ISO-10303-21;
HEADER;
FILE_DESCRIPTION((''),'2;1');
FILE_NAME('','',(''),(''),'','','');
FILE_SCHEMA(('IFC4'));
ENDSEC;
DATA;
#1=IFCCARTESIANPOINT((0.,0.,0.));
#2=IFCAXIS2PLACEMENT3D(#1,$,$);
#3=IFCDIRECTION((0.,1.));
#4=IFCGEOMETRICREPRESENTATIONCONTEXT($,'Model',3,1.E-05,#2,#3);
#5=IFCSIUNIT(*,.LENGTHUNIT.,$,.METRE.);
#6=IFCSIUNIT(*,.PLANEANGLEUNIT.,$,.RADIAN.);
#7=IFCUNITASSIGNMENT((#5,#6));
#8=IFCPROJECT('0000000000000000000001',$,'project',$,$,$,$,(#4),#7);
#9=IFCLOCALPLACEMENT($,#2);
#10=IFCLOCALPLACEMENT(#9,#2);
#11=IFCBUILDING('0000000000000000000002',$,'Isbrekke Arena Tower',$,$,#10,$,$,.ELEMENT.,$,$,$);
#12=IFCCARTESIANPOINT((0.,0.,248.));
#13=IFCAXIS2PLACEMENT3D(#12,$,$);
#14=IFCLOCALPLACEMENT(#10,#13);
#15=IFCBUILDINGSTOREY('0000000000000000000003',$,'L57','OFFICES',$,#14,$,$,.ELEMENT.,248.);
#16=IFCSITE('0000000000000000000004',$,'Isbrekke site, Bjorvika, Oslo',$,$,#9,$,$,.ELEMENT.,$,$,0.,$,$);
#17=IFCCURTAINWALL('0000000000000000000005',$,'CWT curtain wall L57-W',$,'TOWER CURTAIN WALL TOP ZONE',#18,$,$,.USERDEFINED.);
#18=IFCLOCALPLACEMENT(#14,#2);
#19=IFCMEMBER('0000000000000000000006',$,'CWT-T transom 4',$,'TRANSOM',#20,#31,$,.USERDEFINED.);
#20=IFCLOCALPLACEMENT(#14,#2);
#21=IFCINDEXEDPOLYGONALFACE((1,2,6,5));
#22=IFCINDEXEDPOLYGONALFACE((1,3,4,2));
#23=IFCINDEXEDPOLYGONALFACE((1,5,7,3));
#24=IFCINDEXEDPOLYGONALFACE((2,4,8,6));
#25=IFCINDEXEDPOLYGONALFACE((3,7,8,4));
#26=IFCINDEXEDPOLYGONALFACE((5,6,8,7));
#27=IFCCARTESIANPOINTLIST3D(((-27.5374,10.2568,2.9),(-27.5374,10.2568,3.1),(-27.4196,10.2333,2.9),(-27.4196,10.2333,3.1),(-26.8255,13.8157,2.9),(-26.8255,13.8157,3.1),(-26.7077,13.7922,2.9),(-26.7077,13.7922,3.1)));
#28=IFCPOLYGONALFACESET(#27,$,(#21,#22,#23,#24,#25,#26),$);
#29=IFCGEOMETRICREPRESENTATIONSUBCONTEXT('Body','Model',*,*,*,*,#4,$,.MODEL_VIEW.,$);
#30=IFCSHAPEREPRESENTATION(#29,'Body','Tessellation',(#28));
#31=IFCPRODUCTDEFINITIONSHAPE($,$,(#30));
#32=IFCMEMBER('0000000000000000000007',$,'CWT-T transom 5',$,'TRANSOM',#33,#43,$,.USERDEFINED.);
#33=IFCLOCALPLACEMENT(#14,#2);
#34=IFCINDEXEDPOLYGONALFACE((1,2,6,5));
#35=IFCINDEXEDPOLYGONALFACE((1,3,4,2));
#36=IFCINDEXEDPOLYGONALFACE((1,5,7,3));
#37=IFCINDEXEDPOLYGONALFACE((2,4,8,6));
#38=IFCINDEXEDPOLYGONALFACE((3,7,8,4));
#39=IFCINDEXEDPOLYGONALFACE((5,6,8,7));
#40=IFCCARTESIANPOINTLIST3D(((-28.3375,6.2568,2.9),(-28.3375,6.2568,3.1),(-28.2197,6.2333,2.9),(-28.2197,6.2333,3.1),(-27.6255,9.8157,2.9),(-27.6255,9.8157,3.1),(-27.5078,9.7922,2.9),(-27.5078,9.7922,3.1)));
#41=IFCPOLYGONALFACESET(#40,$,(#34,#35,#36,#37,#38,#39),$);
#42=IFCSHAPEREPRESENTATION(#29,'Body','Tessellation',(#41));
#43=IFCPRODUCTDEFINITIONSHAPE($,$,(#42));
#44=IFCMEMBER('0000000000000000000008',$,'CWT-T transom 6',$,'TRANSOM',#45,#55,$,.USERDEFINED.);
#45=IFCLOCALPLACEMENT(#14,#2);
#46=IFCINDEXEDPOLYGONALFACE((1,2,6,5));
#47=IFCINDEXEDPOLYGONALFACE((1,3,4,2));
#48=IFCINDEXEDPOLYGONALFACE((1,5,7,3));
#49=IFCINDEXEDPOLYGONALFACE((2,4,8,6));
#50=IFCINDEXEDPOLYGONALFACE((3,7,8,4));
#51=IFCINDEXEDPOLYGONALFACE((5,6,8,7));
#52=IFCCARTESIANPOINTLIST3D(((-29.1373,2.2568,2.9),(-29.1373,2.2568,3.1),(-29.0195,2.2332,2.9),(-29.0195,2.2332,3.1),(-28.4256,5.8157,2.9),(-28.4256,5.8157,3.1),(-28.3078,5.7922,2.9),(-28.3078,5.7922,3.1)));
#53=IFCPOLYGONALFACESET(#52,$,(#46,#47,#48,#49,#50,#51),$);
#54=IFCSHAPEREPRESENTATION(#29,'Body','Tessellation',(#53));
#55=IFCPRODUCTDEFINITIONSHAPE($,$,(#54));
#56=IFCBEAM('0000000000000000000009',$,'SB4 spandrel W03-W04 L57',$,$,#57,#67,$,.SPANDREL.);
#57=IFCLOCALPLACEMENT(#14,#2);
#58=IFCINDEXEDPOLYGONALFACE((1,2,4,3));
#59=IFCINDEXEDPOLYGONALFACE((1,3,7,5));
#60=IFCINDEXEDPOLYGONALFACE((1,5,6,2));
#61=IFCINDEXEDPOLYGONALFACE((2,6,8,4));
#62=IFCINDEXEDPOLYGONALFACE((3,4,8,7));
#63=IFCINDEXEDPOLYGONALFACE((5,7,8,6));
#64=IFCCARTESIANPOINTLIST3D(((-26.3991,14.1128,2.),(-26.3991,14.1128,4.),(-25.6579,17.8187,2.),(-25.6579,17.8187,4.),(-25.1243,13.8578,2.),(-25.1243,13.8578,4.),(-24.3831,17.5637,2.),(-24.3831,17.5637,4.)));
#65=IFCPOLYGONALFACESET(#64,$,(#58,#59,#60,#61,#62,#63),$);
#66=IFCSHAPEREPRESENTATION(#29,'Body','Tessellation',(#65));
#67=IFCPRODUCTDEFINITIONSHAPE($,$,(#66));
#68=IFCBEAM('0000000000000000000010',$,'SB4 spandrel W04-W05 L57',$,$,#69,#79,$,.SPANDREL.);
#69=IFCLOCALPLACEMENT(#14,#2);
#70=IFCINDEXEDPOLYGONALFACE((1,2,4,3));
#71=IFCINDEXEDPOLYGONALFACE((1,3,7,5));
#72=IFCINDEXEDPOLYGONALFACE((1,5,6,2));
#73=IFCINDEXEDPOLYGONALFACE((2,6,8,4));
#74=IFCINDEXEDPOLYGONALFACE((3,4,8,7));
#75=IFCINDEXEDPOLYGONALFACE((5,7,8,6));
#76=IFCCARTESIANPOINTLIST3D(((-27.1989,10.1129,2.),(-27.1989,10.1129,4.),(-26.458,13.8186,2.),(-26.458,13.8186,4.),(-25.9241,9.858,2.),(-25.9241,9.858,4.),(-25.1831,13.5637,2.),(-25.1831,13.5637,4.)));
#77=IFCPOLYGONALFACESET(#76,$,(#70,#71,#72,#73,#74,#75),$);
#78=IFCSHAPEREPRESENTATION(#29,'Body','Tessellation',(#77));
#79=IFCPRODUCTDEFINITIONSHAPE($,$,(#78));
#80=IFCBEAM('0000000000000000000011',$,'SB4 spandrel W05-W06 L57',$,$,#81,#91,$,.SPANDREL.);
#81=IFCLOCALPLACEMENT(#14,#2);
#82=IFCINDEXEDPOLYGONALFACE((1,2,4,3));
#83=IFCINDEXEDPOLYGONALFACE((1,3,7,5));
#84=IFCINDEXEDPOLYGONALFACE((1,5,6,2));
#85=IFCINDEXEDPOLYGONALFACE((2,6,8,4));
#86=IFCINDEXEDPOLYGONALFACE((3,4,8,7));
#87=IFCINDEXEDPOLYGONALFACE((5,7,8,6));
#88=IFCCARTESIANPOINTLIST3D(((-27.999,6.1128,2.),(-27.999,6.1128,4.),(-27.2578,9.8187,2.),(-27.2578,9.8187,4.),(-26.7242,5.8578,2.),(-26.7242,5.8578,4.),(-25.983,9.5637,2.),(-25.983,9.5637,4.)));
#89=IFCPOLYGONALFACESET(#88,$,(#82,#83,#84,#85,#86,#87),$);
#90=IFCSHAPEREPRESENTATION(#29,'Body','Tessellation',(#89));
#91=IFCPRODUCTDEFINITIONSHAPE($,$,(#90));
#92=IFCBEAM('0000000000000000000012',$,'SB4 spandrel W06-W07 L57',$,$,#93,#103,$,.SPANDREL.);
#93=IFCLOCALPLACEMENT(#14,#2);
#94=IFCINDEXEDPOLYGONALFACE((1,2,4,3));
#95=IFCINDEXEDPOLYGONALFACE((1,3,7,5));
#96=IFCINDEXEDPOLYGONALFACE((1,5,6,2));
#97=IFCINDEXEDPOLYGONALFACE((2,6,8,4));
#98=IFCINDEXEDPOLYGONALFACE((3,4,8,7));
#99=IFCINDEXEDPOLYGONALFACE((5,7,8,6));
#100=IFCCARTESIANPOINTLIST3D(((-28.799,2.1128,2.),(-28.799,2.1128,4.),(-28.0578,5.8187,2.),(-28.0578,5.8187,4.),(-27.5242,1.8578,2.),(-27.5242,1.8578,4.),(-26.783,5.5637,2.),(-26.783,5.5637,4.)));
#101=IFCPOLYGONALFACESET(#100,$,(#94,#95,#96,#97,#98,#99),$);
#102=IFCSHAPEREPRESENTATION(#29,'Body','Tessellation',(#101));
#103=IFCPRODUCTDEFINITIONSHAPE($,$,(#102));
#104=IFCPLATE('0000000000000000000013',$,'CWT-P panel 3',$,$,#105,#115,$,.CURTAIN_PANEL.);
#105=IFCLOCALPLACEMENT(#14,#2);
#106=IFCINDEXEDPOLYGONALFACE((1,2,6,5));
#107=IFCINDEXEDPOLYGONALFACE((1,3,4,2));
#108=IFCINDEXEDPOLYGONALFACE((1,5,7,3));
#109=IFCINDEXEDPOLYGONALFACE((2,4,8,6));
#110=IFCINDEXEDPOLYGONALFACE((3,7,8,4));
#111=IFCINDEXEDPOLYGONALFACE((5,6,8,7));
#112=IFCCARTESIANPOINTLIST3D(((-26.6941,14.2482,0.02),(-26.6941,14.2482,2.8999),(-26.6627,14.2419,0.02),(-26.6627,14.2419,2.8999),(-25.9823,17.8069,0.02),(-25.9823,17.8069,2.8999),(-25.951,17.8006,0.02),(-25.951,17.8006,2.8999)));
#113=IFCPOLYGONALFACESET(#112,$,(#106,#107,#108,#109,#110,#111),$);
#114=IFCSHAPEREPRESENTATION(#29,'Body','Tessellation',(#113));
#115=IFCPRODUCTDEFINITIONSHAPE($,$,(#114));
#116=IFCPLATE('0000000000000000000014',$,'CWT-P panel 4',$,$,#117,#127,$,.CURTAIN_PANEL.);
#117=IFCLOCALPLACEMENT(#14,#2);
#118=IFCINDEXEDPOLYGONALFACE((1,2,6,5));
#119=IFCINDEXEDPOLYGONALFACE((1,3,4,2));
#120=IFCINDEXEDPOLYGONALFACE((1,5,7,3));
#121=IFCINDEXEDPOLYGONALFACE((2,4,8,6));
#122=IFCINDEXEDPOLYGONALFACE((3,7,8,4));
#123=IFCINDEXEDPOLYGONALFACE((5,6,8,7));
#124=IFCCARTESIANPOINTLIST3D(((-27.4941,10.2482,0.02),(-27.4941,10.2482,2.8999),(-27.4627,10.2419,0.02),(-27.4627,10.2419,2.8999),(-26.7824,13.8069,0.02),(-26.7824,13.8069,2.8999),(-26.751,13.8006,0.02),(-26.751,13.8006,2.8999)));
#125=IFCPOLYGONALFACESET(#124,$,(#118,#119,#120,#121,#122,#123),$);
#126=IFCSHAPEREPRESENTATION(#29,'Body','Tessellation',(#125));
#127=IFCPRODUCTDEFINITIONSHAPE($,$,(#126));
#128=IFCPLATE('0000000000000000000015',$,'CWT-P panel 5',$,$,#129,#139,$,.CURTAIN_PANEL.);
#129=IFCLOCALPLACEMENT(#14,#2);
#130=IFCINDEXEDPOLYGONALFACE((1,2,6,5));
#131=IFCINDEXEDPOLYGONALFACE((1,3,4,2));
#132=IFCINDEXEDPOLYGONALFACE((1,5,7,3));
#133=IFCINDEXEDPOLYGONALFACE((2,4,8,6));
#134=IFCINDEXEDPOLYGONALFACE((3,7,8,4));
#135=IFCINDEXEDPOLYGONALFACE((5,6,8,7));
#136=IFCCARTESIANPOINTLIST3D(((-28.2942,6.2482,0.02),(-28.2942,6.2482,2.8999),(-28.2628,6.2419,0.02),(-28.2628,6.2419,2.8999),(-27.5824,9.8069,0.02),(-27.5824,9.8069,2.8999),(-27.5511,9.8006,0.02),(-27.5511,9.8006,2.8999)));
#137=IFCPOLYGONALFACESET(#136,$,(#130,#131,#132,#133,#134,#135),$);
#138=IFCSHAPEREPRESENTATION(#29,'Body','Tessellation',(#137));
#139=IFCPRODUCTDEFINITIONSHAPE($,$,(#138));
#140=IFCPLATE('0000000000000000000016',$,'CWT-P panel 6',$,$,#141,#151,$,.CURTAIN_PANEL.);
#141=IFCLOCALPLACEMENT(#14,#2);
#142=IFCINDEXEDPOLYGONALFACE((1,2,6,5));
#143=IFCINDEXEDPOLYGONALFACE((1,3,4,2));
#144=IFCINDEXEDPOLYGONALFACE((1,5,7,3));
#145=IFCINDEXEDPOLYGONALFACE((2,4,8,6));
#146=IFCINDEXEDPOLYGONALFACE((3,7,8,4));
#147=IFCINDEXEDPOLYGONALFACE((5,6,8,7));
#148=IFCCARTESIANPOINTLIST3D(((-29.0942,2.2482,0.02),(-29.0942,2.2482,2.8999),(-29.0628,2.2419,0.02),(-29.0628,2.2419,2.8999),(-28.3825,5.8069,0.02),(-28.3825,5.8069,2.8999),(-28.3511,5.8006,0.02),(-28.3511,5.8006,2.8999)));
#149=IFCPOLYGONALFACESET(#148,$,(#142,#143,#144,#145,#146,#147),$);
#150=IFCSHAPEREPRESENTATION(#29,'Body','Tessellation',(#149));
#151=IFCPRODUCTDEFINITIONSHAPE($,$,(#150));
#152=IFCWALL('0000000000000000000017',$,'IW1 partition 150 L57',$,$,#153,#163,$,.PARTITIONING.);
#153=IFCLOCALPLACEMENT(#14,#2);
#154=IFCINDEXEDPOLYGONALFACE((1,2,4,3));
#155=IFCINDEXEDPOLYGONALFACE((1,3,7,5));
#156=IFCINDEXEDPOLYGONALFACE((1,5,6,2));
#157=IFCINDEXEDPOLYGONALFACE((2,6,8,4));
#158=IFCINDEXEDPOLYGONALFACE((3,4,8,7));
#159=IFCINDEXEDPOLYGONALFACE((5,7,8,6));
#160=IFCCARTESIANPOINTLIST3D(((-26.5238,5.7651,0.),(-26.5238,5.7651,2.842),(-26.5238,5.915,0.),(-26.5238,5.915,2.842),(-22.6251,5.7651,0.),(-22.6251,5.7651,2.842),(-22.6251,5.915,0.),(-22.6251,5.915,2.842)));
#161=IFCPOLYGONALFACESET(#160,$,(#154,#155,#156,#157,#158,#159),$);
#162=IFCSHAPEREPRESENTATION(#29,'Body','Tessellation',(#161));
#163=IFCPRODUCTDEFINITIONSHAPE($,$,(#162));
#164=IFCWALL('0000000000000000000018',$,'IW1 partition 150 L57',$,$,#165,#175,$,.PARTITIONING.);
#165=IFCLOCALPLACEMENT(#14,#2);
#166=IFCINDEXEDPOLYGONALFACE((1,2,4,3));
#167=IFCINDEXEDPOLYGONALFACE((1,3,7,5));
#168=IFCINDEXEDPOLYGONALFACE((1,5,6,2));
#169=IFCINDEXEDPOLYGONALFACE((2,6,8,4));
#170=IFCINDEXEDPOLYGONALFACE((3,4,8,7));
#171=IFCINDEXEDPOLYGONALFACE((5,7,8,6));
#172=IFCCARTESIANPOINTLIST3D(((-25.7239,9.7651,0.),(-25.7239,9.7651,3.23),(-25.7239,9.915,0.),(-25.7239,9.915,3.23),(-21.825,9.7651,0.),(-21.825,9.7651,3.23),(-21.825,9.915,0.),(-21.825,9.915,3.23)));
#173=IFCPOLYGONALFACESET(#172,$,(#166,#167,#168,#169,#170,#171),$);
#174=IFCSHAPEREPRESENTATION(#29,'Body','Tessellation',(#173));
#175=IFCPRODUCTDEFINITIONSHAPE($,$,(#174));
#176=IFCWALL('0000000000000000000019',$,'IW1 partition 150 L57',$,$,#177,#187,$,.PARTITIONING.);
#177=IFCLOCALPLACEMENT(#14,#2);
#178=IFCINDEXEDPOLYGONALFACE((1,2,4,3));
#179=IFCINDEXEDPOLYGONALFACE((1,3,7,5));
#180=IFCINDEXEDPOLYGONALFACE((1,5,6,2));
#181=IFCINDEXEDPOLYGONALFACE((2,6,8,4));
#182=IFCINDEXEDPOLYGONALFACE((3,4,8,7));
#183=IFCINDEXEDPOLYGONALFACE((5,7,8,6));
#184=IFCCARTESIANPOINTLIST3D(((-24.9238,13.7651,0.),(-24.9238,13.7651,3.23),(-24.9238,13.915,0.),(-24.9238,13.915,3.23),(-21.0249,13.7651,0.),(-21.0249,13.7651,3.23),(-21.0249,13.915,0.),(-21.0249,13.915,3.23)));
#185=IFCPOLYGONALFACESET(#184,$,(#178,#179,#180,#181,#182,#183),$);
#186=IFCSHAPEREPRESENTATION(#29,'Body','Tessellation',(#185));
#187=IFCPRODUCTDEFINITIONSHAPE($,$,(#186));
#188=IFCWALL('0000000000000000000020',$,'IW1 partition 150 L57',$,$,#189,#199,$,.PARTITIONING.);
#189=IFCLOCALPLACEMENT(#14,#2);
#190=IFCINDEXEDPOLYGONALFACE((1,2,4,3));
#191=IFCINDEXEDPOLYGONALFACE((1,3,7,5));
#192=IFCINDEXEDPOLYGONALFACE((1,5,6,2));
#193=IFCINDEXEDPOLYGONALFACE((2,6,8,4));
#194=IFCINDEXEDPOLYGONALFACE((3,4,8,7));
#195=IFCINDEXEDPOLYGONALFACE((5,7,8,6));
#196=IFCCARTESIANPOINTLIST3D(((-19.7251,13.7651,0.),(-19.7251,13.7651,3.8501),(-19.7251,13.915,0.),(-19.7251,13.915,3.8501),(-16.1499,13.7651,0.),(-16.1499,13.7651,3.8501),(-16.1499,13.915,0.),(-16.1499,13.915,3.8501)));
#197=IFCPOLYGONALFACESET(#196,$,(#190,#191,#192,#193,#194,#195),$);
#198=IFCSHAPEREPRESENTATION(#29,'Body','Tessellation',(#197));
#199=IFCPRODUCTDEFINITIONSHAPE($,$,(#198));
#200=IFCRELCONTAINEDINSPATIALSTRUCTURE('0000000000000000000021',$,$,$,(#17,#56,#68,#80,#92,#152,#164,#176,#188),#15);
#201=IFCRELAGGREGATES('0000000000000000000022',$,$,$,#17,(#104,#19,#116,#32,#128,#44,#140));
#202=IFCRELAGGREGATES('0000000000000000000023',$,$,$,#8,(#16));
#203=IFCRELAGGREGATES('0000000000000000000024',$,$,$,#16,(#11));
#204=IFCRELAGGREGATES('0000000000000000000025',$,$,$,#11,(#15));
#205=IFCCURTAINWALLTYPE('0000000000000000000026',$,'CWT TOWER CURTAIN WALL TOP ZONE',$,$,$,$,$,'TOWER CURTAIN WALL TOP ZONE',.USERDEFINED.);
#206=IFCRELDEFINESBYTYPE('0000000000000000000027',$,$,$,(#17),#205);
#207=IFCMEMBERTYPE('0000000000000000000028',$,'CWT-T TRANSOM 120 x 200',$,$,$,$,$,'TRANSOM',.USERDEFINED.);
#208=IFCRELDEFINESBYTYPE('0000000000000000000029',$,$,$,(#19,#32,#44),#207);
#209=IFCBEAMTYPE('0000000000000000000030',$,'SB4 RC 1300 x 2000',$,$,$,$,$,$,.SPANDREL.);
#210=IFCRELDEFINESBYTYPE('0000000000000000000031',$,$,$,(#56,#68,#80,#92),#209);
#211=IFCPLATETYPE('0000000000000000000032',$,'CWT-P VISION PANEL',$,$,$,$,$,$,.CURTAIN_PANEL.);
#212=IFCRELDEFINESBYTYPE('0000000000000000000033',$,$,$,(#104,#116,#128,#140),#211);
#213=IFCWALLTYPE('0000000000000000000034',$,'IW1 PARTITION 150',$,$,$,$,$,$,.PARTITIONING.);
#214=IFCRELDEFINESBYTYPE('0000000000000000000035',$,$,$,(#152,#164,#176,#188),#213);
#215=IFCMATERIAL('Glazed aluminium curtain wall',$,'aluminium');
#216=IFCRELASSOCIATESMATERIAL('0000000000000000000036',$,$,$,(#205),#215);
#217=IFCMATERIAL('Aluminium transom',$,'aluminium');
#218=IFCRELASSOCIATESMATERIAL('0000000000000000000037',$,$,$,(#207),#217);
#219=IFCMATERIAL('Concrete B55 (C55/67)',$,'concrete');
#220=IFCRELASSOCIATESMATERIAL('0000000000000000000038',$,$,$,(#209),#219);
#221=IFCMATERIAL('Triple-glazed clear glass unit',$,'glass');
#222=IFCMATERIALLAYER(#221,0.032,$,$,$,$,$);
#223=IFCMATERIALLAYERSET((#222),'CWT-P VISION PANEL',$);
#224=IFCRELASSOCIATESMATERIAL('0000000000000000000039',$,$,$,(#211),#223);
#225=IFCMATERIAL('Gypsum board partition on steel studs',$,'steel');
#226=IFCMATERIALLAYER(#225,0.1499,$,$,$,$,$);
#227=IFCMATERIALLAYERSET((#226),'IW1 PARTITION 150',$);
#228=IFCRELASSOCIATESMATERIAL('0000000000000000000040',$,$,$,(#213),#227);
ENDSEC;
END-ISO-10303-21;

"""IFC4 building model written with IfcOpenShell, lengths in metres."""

from ifc_helpers import new_model, si_unit, direction, frame, frame_2d, origin, origin_2d, place, context, subcontext, project, spatial, rectangle, extrude, material, layer, layer_set, material_profile, profile_set, type_object, element, aggregate, save


model = new_model("IFC4")

# Units and contexts
model_context = context("Model", 3, precision=1e-05, world=origin(), true_north=direction((0.0, 1.0)))
body_context = subcontext(model_context, "Body", "Model", "MODEL_VIEW")
ifc_project = project(units=[si_unit("LENGTHUNIT", "METRE"), si_unit("PLANEANGLEUNIT", "RADIAN")], contexts=[model_context])

# Site, building, storey
site_placement = place(None, origin())
site = spatial("IfcSite", under=ifc_project, at=site_placement, Name="Isbrekke site, Bjorvika, Oslo", CompositionType="ELEMENT", RefElevation=0.0)
building_placement = place(site_placement, origin())
building = spatial("IfcBuilding", under=site, at=building_placement, Name="Isbrekke Arena Tower", CompositionType="ELEMENT")
storey_placement = place(building_placement, frame((0.0, 0.0, 248.0)))
storey = spatial("IfcBuildingStorey", under=building, at=storey_placement, Name="L57", Description="OFFICES", CompositionType="ELEMENT", Elevation=248.0)

# Curtain wall, members
ifc_material_1 = material(Name="Glazed aluminium curtain wall", Category="aluminium")
curtain_wall_type = type_object("IfcCurtainWallType", Name="CWT TOWER CURTAIN WALL TOP ZONE", ElementType="TOWER CURTAIN WALL TOP ZONE", PredefinedType="USERDEFINED", material=ifc_material_1)
curtain_wall_placement = place(storey_placement, origin())
curtain_wall = element("IfcCurtainWall", 1, at=curtain_wall_placement, inside=storey, type_object=curtain_wall_type, Name="CWT curtain wall L57-W", ObjectType="TOWER CURTAIN WALL TOP ZONE", PredefinedType="USERDEFINED")
ifc_material_2 = material(Name="Aluminium transom", Category="aluminium")
ifc_material_profile_1 = material_profile(ifc_material_2, rectangle(XDim=0.1201, YDim=0.2, at=origin_2d()), Name="TRANSOM 120X200")
ifc_profile_set_1 = profile_set([ifc_material_profile_1], Name="Aluminium transom")
member_type_1 = type_object("IfcMemberType", Name="CWT-T TRANSOM 120 x 200", ElementType="TRANSOM", PredefinedType="USERDEFINED", material=ifc_profile_set_1)
member_1_placement = place(storey_placement, frame((-26.7666, 13.804, 3.0), z_axis=(-0.196155, -0.980573, 0.0), x_axis=(0.980573, -0.196155, 0.0)))
member_1 = element("IfcMember", 2, at=member_1_placement, type_object=member_type_1, Name="CWT-T transom 4", ObjectType="TRANSOM", PredefinedType="USERDEFINED", context=body_context, shape_type="SweptSolid", body=[
    extrude(rectangle(XDim=0.1201, YDim=0.2, at=origin_2d()), origin(), (0.0, 0.0, 1.0), 3.6294),
])
member_2_placement = place(storey_placement, frame((-27.5667, 9.804, 3.0), z_axis=(-0.196155, -0.980573, 0.0), x_axis=(0.980573, -0.196155, 0.0)))
member_2 = element("IfcMember", 3, at=member_2_placement, type_object=member_type_1, Name="CWT-T transom 5", ObjectType="TRANSOM", PredefinedType="USERDEFINED", context=body_context, shape_type="SweptSolid", body=[
    extrude(rectangle(XDim=0.1201, YDim=0.2, at=origin_2d()), origin(), (0.0, 0.0, 1.0), 3.6294),
])
member_3_placement = place(storey_placement, frame((-28.3667, 5.804, 3.0), z_axis=(-0.19609, -0.980586, 0.0), x_axis=(0.980586, -0.19609, 0.0)))
member_3 = element("IfcMember", 4, at=member_3_placement, type_object=member_type_1, Name="CWT-T transom 6", ObjectType="TRANSOM", PredefinedType="USERDEFINED", context=body_context, shape_type="SweptSolid", body=[
    extrude(rectangle(XDim=0.1201, YDim=0.2, at=origin_2d()), origin(), (0.0, 0.0, 1.0), 3.6294),
])

# Beams
ifc_material_3 = material(Name="Concrete B55 (C55/67)", Category="concrete")
ifc_material_profile_2 = material_profile(ifc_material_3, rectangle(XDim=1.3, YDim=2.0, at=origin_2d()), Name="RC 1300x2000")
ifc_profile_set_2 = profile_set([ifc_material_profile_2], Name="Concrete B55 (C55/67)")
beam_type_1 = type_object("IfcBeamType", Name="SB4 RC 1300 x 2000", PredefinedType="SPANDREL", material=ifc_profile_set_2)
beam_1_placement = place(storey_placement, frame((-25.0205, 17.6912, 3.0), z_axis=(-0.196129, -0.980578, 0.0), x_axis=(0.980578, -0.196129, 0.0)))
element("IfcBeam", 5, at=beam_1_placement, inside=storey, type_object=beam_type_1, Name="SB4 spandrel W03-W04 L57", PredefinedType="SPANDREL", context=body_context, shape_type="SweptSolid", body=[
    extrude(rectangle(XDim=1.3, YDim=2.0, at=origin_2d()), origin(), (0.0, 0.0, 1.0), 3.7793),
])
beam_2_placement = place(storey_placement, frame((-25.8206, 13.6912, 3.0), z_axis=(-0.196066, -0.980591, 0.0), x_axis=(0.980591, -0.196066, 0.0)))
element("IfcBeam", 6, at=beam_2_placement, inside=storey, type_object=beam_type_1, Name="SB4 spandrel W04-W05 L57", PredefinedType="SPANDREL", context=body_context, shape_type="SweptSolid", body=[
    extrude(rectangle(XDim=1.3, YDim=2.0, at=origin_2d()), origin(), (0.0, 0.0, 1.0), 3.7791),
])
for number, where, z_axis, x_axis, name in (
    (7, (-26.6204, 9.6912, 3.0), (-0.196129, -0.980578, 0.0), (0.980578, -0.196129, 0.0), "SB4 spandrel W05-W06 L57"),
    (8, (-27.4204, 5.6912, 3.0), (-0.196129, -0.980578, 0.0), (0.980578, -0.196129, 0.0), "SB4 spandrel W06-W07 L57"),
):
    element("IfcBeam", number, at=place(storey_placement, frame(where, z_axis=z_axis, x_axis=x_axis)), inside=storey, type_object=beam_type_1, Name=name, PredefinedType="SPANDREL", context=body_context, shape_type="SweptSolid", body=[
        extrude(rectangle(XDim=1.3, YDim=2.0, at=origin_2d()), origin(), (0.0, 0.0, 1.0), 3.7793),
    ])

# Plates
ifc_material_4 = material(Name="Triple-glazed clear glass unit", Category="glass")
ifc_layer_1 = layer(ifc_material_4, 0.032)
ifc_layer_set_1 = layer_set([ifc_layer_1], Name="CWT-P VISION PANEL")
plate_type = type_object("IfcPlateType", Name="CWT-P VISION PANEL", PredefinedType="CURTAIN_PANEL", material=ifc_layer_set_1)
plate_1_placement = place(storey_placement, frame((-26.3225, 16.0244, 0.02), z_axis=(0.0, 0.0, 1.0), x_axis=(-0.196116, -0.980581, 0.0)))
plate_1 = element("IfcPlate", 9, at=plate_1_placement, type_object=plate_type, Name="CWT-P panel 3", PredefinedType="CURTAIN_PANEL", context=body_context, shape_type="SweptSolid", body=[
    extrude(rectangle(XDim=3.6292, YDim=0.032, at=origin_2d()), origin(), (0.0, 0.0, 1.0), 2.8799),
])
plate_2_placement = place(storey_placement, frame((-27.1226, 12.0244, 0.02), z_axis=(0.0, 0.0, 1.0), x_axis=(-0.196116, -0.980581, 0.0)))
plate_2 = element("IfcPlate", 10, at=plate_2_placement, type_object=plate_type, Name="CWT-P panel 4", PredefinedType="CURTAIN_PANEL", context=body_context, shape_type="SweptSolid", body=[
    extrude(rectangle(XDim=3.6292, YDim=0.032, at=origin_2d()), origin(), (0.0, 0.0, 1.0), 2.8799),
])
plate_3_placement = place(storey_placement, frame((-27.9226, 8.0244, 0.02), z_axis=(0.0, 0.0, 1.0), x_axis=(-0.196116, -0.980581, 0.0)))
plate_3 = element("IfcPlate", 11, at=plate_3_placement, type_object=plate_type, Name="CWT-P panel 5", PredefinedType="CURTAIN_PANEL", context=body_context, shape_type="SweptSolid", body=[
    extrude(rectangle(XDim=3.6292, YDim=0.032, at=origin_2d()), origin(), (0.0, 0.0, 1.0), 2.8799),
])
plate_4_placement = place(storey_placement, frame((-28.7227, 4.0244, 0.02), z_axis=(0.0, 0.0, 1.0), x_axis=(-0.196116, -0.980581, 0.0)))
plate_4 = element("IfcPlate", 12, at=plate_4_placement, type_object=plate_type, Name="CWT-P panel 6", PredefinedType="CURTAIN_PANEL", context=body_context, shape_type="SweptSolid", body=[
    extrude(rectangle(XDim=3.6292, YDim=0.032, at=origin_2d()), origin(), (0.0, 0.0, 1.0), 2.8799),
])
aggregate(curtain_wall, [plate_1, member_1, plate_2, member_2, plate_3, member_3, plate_4])

# Walls
ifc_material_5 = material(Name="Gypsum board partition on steel studs", Category="steel")
ifc_layer_2 = layer(ifc_material_5, 0.1499)
ifc_layer_set_2 = layer_set([ifc_layer_2], Name="IW1 PARTITION 150")
wall_type = type_object("IfcWallType", Name="IW1 PARTITION 150", PredefinedType="PARTITIONING", material=ifc_layer_set_2)
wall_1_placement = place(storey_placement, frame((-26.5237, 5.8401, 0.0), z_axis=(0.0, 0.0, 1.0), x_axis=(1.0, 0.0, 0.0)))
element("IfcWall", 13, at=wall_1_placement, inside=storey, type_object=wall_type, Name="IW1 partition 150 L57", PredefinedType="PARTITIONING", context=body_context, shape_type="SweptSolid", body=[
    extrude(rectangle(XDim=3.8987, YDim=0.1499, at=frame_2d((1.9492, 0.0))), origin(), (0.0, 0.0, 1.0), 2.842),
])
for number, where, z_axis, x_axis, name in (
    (14, (-25.7239, 9.8401, 0.0), (0.0, 0.0, 1.0), (1.0, 0.0, 0.0), "IW1 partition 150 L57"),
    (15, (-24.9238, 13.8401, 0.0), (0.0, 0.0, 1.0), (1.0, 0.0, 0.0), "IW1 partition 150 L57"),
):
    element("IfcWall", number, at=place(storey_placement, frame(where, z_axis=z_axis, x_axis=x_axis)), inside=storey, type_object=wall_type, Name=name, PredefinedType="PARTITIONING", context=body_context, shape_type="SweptSolid", body=[
        extrude(rectangle(XDim=3.8989, YDim=0.1499, at=frame_2d((1.9495, 0.0))), origin(), (0.0, 0.0, 1.0), 3.23),
    ])
wall_2_placement = place(storey_placement, frame((-19.7251, 13.8401, 0.0), z_axis=(0.0, 0.0, 1.0), x_axis=(1.0, 0.0, 0.0)))
element("IfcWall", 16, at=wall_2_placement, inside=storey, type_object=wall_type, Name="IW1 partition 150 L57", PredefinedType="PARTITIONING", context=body_context, shape_type="SweptSolid", body=[
    extrude(rectangle(XDim=3.5752, YDim=0.1499, at=frame_2d((1.7876, 0.0))), origin(), (0.0, 0.0, 1.0), 3.8501),
])

save(model, "model.ifc")
